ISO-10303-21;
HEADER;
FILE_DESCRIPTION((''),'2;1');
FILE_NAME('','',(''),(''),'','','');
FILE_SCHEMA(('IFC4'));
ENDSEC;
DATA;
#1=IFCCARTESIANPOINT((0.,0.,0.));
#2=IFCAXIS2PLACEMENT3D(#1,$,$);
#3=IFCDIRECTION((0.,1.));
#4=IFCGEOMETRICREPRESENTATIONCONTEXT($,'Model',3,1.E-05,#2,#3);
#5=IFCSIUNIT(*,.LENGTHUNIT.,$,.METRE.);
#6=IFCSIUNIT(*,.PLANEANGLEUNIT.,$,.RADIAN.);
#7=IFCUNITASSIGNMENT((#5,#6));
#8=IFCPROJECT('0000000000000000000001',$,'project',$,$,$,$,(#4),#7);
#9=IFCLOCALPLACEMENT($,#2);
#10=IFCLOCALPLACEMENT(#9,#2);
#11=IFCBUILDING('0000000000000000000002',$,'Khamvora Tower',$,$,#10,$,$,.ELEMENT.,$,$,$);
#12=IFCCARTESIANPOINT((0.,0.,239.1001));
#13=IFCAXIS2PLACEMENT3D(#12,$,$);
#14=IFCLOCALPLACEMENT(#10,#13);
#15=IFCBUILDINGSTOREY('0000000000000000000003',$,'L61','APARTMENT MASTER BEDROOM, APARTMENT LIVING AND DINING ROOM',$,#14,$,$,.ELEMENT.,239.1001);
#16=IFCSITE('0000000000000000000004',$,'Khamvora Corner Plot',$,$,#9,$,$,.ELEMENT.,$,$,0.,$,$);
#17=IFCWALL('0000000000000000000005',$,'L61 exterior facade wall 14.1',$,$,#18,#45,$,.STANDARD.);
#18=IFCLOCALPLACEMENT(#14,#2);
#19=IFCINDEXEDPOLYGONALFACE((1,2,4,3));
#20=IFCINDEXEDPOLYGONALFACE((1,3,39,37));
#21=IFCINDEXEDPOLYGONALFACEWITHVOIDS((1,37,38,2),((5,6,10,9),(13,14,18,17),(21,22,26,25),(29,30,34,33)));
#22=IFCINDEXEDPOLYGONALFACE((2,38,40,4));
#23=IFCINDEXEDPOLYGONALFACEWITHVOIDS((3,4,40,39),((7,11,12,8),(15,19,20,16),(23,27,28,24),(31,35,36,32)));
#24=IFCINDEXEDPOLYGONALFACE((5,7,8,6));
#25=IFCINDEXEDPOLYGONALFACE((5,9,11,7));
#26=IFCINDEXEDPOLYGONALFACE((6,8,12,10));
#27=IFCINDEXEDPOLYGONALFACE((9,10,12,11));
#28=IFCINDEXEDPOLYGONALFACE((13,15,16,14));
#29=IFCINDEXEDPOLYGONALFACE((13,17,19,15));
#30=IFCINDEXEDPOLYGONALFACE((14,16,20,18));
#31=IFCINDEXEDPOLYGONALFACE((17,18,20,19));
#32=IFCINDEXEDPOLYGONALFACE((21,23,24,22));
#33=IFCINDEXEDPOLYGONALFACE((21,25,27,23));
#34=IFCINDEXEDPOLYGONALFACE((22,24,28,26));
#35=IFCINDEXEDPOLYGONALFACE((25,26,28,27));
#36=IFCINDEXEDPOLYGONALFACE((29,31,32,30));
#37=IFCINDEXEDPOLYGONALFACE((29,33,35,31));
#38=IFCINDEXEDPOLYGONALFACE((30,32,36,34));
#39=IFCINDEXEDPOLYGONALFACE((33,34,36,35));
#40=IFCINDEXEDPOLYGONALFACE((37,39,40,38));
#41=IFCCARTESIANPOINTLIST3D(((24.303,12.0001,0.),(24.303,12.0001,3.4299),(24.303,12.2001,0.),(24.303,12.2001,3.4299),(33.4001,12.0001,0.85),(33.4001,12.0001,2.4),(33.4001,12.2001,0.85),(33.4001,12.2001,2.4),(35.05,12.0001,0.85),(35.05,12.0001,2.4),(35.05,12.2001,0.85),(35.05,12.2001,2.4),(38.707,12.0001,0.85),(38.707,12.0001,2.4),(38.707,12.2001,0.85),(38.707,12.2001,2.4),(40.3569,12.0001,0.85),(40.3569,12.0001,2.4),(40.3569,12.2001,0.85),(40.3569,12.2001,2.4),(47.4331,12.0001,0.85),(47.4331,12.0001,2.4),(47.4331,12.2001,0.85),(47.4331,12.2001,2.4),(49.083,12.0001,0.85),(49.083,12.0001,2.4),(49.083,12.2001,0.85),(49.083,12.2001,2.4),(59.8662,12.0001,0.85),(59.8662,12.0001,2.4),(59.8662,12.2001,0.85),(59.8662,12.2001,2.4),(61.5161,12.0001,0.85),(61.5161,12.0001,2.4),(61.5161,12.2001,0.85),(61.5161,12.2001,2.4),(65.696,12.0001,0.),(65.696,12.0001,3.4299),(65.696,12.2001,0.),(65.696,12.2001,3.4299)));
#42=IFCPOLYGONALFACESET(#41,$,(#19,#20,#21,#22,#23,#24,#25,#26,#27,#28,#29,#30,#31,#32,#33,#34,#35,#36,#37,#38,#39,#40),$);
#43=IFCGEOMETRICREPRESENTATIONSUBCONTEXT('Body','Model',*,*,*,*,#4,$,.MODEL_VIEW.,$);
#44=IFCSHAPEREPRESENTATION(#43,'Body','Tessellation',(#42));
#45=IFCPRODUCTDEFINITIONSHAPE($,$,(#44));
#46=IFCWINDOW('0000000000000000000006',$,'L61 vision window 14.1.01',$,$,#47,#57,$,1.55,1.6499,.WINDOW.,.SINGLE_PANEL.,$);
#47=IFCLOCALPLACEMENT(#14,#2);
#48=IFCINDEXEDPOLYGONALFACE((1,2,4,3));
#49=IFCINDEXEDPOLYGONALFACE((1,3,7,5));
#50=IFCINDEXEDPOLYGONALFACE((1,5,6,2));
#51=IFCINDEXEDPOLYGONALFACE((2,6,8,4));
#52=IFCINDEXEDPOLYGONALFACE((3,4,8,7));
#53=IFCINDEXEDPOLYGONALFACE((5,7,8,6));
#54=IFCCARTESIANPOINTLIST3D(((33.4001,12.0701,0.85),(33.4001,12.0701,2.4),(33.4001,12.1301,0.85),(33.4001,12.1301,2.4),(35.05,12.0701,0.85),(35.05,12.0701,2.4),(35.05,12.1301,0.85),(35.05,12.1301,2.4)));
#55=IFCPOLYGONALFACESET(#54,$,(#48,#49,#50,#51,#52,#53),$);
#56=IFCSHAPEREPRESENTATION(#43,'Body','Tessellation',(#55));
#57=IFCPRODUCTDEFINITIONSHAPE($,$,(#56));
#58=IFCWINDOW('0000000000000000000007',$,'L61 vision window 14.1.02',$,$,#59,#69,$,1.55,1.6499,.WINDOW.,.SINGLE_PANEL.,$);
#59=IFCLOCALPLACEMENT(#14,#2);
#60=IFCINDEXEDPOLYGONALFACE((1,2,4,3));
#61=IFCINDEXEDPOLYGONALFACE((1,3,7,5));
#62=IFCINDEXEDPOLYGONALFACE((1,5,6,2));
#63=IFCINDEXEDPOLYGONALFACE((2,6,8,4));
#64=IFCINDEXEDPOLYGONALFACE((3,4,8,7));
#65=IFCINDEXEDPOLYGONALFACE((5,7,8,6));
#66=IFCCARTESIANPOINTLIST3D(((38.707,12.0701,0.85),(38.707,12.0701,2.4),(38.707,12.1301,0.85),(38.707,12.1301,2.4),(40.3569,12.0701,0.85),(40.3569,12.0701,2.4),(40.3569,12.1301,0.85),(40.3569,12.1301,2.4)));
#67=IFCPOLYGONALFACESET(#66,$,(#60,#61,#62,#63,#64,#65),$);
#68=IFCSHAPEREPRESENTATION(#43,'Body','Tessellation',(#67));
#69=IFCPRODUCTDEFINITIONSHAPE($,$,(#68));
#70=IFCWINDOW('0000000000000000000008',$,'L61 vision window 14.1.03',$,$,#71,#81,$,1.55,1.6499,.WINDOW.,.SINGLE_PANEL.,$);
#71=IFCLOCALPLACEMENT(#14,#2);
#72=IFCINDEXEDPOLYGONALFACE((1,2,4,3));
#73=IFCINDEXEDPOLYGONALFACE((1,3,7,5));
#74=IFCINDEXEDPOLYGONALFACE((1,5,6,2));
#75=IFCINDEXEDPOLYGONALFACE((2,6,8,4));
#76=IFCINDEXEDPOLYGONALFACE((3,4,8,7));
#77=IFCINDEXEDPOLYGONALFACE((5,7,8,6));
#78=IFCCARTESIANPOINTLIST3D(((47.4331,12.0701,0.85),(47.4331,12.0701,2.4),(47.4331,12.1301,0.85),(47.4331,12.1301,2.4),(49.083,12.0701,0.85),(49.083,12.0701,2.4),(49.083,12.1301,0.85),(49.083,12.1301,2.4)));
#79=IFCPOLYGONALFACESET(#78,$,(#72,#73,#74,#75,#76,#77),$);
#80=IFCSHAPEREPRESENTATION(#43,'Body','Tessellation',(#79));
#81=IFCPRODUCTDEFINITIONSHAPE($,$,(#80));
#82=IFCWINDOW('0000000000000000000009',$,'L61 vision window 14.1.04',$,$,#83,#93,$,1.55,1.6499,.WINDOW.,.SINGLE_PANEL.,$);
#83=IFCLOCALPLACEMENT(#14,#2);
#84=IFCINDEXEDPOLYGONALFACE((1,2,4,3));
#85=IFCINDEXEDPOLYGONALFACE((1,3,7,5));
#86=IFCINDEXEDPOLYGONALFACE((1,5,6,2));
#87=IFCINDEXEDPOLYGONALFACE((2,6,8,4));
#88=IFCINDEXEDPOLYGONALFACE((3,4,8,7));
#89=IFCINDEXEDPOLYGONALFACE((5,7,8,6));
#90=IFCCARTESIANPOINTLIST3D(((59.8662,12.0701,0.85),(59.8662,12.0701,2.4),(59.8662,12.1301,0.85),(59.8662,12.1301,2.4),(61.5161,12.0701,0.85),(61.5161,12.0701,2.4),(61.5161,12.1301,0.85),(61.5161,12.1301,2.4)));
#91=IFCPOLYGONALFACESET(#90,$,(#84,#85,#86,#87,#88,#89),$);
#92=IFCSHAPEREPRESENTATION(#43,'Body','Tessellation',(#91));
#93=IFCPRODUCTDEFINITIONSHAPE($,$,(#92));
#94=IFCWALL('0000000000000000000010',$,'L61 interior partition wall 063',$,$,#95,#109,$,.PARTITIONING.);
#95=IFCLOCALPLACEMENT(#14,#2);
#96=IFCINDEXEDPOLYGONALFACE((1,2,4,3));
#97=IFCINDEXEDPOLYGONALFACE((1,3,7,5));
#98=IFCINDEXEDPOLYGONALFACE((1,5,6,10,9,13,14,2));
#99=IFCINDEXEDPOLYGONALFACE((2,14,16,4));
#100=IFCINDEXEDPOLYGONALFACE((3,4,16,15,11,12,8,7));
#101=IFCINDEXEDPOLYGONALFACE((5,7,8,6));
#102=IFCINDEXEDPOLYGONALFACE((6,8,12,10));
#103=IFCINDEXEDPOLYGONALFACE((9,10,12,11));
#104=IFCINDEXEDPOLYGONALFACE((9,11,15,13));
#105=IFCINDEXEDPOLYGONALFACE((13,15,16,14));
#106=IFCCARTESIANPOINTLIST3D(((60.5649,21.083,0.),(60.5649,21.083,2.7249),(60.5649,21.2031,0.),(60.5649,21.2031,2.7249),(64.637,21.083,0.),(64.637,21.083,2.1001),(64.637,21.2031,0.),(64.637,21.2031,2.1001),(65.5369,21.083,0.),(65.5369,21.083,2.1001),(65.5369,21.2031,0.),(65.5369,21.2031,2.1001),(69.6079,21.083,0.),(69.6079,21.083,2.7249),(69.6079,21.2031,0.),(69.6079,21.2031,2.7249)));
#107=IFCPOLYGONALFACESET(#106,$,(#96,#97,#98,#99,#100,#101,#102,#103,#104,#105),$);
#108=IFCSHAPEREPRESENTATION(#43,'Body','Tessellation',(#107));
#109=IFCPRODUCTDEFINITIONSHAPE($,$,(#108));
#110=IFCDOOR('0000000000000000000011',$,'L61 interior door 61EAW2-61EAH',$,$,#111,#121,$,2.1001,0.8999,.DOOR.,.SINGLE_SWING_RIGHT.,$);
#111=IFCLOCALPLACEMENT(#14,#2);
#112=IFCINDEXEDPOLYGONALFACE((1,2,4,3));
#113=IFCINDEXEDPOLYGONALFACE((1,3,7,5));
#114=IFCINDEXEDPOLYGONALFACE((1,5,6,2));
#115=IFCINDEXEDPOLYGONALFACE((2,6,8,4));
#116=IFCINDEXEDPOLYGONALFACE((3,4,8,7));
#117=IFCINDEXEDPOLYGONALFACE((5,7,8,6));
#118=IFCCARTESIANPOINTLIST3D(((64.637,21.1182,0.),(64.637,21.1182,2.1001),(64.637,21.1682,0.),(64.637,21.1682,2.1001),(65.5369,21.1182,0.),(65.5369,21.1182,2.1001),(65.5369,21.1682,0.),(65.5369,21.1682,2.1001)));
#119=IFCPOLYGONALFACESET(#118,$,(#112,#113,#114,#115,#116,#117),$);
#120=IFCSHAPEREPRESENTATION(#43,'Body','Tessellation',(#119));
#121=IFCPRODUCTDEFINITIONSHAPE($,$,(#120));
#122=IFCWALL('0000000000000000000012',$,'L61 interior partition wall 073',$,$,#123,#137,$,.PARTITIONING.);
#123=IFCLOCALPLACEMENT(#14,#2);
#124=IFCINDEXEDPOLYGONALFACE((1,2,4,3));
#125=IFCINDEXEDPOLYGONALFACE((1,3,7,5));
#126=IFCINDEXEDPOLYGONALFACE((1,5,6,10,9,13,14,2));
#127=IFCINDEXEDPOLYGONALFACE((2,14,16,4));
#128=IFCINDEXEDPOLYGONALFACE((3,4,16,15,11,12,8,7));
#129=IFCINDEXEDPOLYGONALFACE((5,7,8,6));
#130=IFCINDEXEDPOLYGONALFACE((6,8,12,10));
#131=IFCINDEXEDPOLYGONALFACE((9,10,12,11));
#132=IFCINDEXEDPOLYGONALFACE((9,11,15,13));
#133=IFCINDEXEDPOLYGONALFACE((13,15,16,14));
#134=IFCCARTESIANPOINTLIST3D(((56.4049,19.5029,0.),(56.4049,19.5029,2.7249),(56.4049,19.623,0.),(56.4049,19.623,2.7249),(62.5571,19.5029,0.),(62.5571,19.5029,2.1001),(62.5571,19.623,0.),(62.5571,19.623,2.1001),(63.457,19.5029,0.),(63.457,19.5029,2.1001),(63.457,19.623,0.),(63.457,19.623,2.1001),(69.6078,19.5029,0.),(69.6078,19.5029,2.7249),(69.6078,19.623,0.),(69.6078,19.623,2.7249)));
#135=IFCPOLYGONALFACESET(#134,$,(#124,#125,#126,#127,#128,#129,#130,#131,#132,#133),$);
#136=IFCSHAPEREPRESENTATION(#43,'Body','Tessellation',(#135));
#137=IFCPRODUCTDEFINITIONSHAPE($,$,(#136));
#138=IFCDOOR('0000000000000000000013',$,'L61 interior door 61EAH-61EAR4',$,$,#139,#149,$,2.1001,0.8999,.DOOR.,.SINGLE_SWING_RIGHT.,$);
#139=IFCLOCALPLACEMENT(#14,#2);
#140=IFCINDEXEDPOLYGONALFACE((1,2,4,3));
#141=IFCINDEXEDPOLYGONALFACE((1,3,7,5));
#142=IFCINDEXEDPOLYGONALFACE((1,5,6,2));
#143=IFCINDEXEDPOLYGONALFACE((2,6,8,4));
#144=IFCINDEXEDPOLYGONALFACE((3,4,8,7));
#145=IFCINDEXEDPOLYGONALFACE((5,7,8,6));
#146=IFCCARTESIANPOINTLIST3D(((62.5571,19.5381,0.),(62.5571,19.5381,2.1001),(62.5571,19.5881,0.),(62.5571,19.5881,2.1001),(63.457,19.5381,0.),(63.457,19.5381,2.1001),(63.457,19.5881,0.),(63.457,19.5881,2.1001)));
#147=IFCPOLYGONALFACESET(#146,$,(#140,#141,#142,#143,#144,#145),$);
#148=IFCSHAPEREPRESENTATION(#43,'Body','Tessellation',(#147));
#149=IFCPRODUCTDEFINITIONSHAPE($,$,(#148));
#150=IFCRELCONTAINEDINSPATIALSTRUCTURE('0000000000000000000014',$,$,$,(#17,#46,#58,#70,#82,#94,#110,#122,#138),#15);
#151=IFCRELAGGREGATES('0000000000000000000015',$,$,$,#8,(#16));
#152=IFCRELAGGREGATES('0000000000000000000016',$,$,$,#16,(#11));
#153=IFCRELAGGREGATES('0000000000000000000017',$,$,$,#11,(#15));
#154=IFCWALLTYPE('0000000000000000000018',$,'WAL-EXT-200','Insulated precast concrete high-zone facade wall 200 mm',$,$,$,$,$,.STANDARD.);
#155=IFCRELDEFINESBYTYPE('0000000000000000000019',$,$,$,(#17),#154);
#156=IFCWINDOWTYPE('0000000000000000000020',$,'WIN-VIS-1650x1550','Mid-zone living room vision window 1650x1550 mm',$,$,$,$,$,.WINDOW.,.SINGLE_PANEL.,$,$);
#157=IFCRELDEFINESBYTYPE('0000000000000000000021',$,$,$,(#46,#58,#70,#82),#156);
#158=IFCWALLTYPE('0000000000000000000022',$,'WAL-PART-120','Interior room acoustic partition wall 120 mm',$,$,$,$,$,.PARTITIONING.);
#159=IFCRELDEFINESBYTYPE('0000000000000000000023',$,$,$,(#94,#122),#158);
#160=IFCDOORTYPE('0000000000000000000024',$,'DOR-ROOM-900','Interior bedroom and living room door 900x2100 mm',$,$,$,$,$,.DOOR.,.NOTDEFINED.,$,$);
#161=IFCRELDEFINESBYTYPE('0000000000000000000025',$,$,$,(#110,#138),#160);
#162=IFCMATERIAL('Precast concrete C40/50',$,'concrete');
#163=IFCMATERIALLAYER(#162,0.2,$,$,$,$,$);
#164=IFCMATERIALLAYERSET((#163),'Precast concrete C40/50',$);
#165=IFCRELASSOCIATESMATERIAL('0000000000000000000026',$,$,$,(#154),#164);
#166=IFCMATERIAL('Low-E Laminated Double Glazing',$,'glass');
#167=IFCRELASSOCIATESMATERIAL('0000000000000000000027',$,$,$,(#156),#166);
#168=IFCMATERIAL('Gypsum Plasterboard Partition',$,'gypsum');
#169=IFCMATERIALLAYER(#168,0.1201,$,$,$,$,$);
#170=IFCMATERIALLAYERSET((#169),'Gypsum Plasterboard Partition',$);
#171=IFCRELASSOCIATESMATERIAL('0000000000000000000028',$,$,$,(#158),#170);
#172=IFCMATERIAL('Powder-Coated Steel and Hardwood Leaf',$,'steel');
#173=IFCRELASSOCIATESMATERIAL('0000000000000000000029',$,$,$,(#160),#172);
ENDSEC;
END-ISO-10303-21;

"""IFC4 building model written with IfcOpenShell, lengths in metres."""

from ifc_helpers import new_model, si_unit, direction, frame, frame_2d, origin, place, context, subcontext, project, spatial, rectangle, extrude, material, layer, layer_set, type_object, element, fill, save


model = new_model("IFC4")

# Units and contexts
model_context = context("Model", 3, precision=1e-05, world=origin(), true_north=direction((0.0, 1.0)))
body_context = subcontext(model_context, "Body", "Model", "MODEL_VIEW")
ifc_project = project(units=[si_unit("LENGTHUNIT", "METRE"), si_unit("PLANEANGLEUNIT", "RADIAN")], contexts=[model_context])

# Site, building, storey
site_placement = place(None, origin())
site = spatial("IfcSite", under=ifc_project, at=site_placement, Name="Khamvora Corner Plot", CompositionType="ELEMENT", RefElevation=0.0)
building_placement = place(site_placement, origin())
building = spatial("IfcBuilding", under=site, at=building_placement, Name="Khamvora Tower", CompositionType="ELEMENT")
storey_placement = place(building_placement, frame((0.0, 0.0, 239.1001)))
storey = spatial("IfcBuildingStorey", under=building, at=storey_placement, Name="L61", Description="APARTMENT MASTER BEDROOM, APARTMENT LIVING AND DINING ROOM", CompositionType="ELEMENT", Elevation=239.1001)

# Shared definitions
ifc_material_1 = material(Name="Powder-Coated Steel and Hardwood Leaf", Category="steel")

# Shared definitions
ifc_material_2 = material(Name="Precast concrete C40/50", Category="concrete")
ifc_layer_1 = layer(ifc_material_2, 0.2)
ifc_layer_set_1 = layer_set([ifc_layer_1], Name="Precast concrete C40/50")
wall_type_1 = type_object("IfcWallType", Name="WAL-EXT-200", Description="Insulated precast concrete high-zone facade wall 200 mm", PredefinedType="STANDARD", material=ifc_layer_set_1)
ifc_material_3 = material(Name="Low-E Laminated Double Glazing", Category="glass")
window_type_1 = type_object("IfcWindowType", Name="WIN-VIS-1650x1550", Description="Mid-zone living room vision window 1650x1550 mm", PartitioningType="SINGLE_PANEL", PredefinedType="WINDOW", material=ifc_material_3)

# Wall, openings, windows
wall_1_placement = place(storey_placement, frame((65.696, 12.1001, 0.0), z_axis=(0.0, 0.0, 1.0), x_axis=(-1.0, 0.0, 0.0)))
wall_1 = element("IfcWall", 1, at=wall_1_placement, inside=storey, type_object=wall_type_1, Name="L61 exterior facade wall 14.1", PredefinedType="STANDARD", context=body_context, shape_type="SweptSolid", body=[
    extrude(rectangle(XDim=41.3931, YDim=0.2, at=frame_2d((20.6965, 0.0))), origin(), (0.0, 0.0, 1.0), 3.4299),
])
opening_1_placement = place(wall_1_placement, frame((30.646, 0.0, 0.8501)))
opening_1 = element("IfcOpeningElement", 2, at=opening_1_placement, cuts=wall_1, PredefinedType="OPENING", context=body_context, shape_type="SweptSolid", body=[
    extrude(rectangle(XDim=1.6499, YDim=1.55, at=frame_2d((0.825, 0.7749))), frame((0.0, 0.1099, 0.0), z_axis=(0.0, -1.0, 0.0), x_axis=(1.0, 0.0, 0.0)), (0.0, 0.0, 1.0), 0.22),
])
opening_2_placement = place(wall_1_placement, frame((25.3391, 0.0, 0.8501)))
opening_2 = element("IfcOpeningElement", 3, at=opening_2_placement, cuts=wall_1, PredefinedType="OPENING", context=body_context, shape_type="SweptSolid", body=[
    extrude(rectangle(XDim=1.6499, YDim=1.55, at=frame_2d((0.825, 0.7749))), frame((0.0, 0.1099, 0.0), z_axis=(0.0, -1.0, 0.0), x_axis=(1.0, 0.0, 0.0)), (0.0, 0.0, 1.0), 0.22),
])
opening_3_placement = place(wall_1_placement, frame((16.613, 0.0, 0.8501)))
opening_3 = element("IfcOpeningElement", 4, at=opening_3_placement, cuts=wall_1, PredefinedType="OPENING", context=body_context, shape_type="SweptSolid", body=[
    extrude(rectangle(XDim=1.6499, YDim=1.55, at=frame_2d((0.825, 0.7749))), frame((0.0, 0.1099, 0.0), z_axis=(0.0, -1.0, 0.0), x_axis=(1.0, 0.0, 0.0)), (0.0, 0.0, 1.0), 0.22),
])
opening_4_placement = place(wall_1_placement, frame((4.1799, 0.0, 0.8501)))
opening_4 = element("IfcOpeningElement", 5, at=opening_4_placement, cuts=wall_1, PredefinedType="OPENING", context=body_context, shape_type="SweptSolid", body=[
    extrude(rectangle(XDim=1.6499, YDim=1.55, at=frame_2d((0.825, 0.7749))), frame((0.0, 0.1099, 0.0), z_axis=(0.0, -1.0, 0.0), x_axis=(1.0, 0.0, 0.0)), (0.0, 0.0, 1.0), 0.22),
])
window_1_placement = place(opening_1_placement, origin())
window_1 = element("IfcWindow", 6, at=window_1_placement, inside=storey, type_object=window_type_1, Name="L61 vision window 14.1.01", OverallHeight=1.55, OverallWidth=1.6499, PartitioningType="SINGLE_PANEL", PredefinedType="WINDOW", context=body_context, shape_type="SweptSolid", body=[
    extrude(rectangle(XDim=1.6499, YDim=1.55, at=frame_2d((0.825, 0.7749))), frame((0.0, 0.03, 0.0), z_axis=(0.0, -1.0, 0.0), x_axis=(1.0, 0.0, 0.0)), (0.0, 0.0, 1.0), 0.0601),
])
fill(opening_1, window_1)
window_2_placement = place(opening_2_placement, origin())
window_2 = element("IfcWindow", 7, at=window_2_placement, inside=storey, type_object=window_type_1, Name="L61 vision window 14.1.02", OverallHeight=1.55, OverallWidth=1.6499, PartitioningType="SINGLE_PANEL", PredefinedType="WINDOW", context=body_context, shape_type="SweptSolid", body=[
    extrude(rectangle(XDim=1.6499, YDim=1.55, at=frame_2d((0.825, 0.7749))), frame((0.0, 0.03, 0.0), z_axis=(0.0, -1.0, 0.0), x_axis=(1.0, 0.0, 0.0)), (0.0, 0.0, 1.0), 0.0601),
])
fill(opening_2, window_2)
window_3_placement = place(opening_3_placement, origin())
window_3 = element("IfcWindow", 8, at=window_3_placement, inside=storey, type_object=window_type_1, Name="L61 vision window 14.1.03", OverallHeight=1.55, OverallWidth=1.6499, PartitioningType="SINGLE_PANEL", PredefinedType="WINDOW", context=body_context, shape_type="SweptSolid", body=[
    extrude(rectangle(XDim=1.6499, YDim=1.55, at=frame_2d((0.825, 0.7749))), frame((0.0, 0.03, 0.0), z_axis=(0.0, -1.0, 0.0), x_axis=(1.0, 0.0, 0.0)), (0.0, 0.0, 1.0), 0.0601),
])
fill(opening_3, window_3)
window_4_placement = place(opening_4_placement, origin())
window_4 = element("IfcWindow", 9, at=window_4_placement, inside=storey, type_object=window_type_1, Name="L61 vision window 14.1.04", OverallHeight=1.55, OverallWidth=1.6499, PartitioningType="SINGLE_PANEL", PredefinedType="WINDOW", context=body_context, shape_type="SweptSolid", body=[
    extrude(rectangle(XDim=1.6499, YDim=1.55, at=frame_2d((0.825, 0.7749))), frame((0.0, 0.03, 0.0), z_axis=(0.0, -1.0, 0.0), x_axis=(1.0, 0.0, 0.0)), (0.0, 0.0, 1.0), 0.0601),
])
fill(opening_4, window_4)

# Walls, openings, doors
ifc_material_4 = material(Name="Gypsum Plasterboard Partition", Category="gypsum")
ifc_layer_2 = layer(ifc_material_4, 0.1201)
ifc_layer_set_2 = layer_set([ifc_layer_2], Name="Gypsum Plasterboard Partition")
wall_type_2 = type_object("IfcWallType", Name="WAL-PART-120", Description="Interior room acoustic partition wall 120 mm", PredefinedType="PARTITIONING", material=ifc_layer_set_2)
wall_2_placement = place(storey_placement, frame((69.6079, 21.1431, 0.0), z_axis=(0.0, 0.0, 1.0), x_axis=(-1.0, 0.0, 0.0)))
wall_2 = element("IfcWall", 10, at=wall_2_placement, inside=storey, type_object=wall_type_2, Name="L61 interior partition wall 063", PredefinedType="PARTITIONING", context=body_context, shape_type="SweptSolid", body=[
    extrude(rectangle(XDim=9.043, YDim=0.1201, at=frame_2d((4.5215, 0.0))), origin(), (0.0, 0.0, 1.0), 2.7249),
])
opening_5_placement = place(wall_2_placement, frame((4.071, 0.0, 0.0)))
opening_5 = element("IfcOpeningElement", 11, at=opening_5_placement, cuts=wall_2, PredefinedType="OPENING", context=body_context, shape_type="SweptSolid", body=[
    extrude(rectangle(XDim=0.8999, YDim=2.1001, at=frame_2d((0.45, 1.05))), frame((0.0, 0.0701, 0.0), z_axis=(0.0, -1.0, 0.0), x_axis=(1.0, 0.0, 0.0)), (0.0, 0.0, 1.0), 0.1401),
])
door_type_1 = type_object("IfcDoorType", Name="DOR-ROOM-900", Description="Interior bedroom and living room door 900x2100 mm", OperationType="NOTDEFINED", PredefinedType="DOOR", material=ifc_material_1)
door_1_placement = place(opening_5_placement, origin())
door_1 = element("IfcDoor", 12, at=door_1_placement, inside=storey, type_object=door_type_1, Name="L61 interior door 61EAW2-61EAH", OperationType="SINGLE_SWING_RIGHT", OverallHeight=2.1001, OverallWidth=0.8999, PredefinedType="DOOR", context=body_context, shape_type="SweptSolid", body=[
    extrude(rectangle(XDim=0.8999, YDim=2.1001, at=frame_2d((0.45, 1.05))), frame((0.0, 0.0249, 0.0), z_axis=(0.0, -1.0, 0.0), x_axis=(1.0, 0.0, 0.0)), (0.0, 0.0, 1.0), 0.05),
])
fill(opening_5, door_1)
wall_3_placement = place(storey_placement, frame((69.6079, 19.563, 0.0), z_axis=(0.0, 0.0, 1.0), x_axis=(-1.0, 0.0, 0.0)))
wall_3 = element("IfcWall", 13, at=wall_3_placement, inside=storey, type_object=wall_type_2, Name="L61 interior partition wall 073", PredefinedType="PARTITIONING", context=body_context, shape_type="SweptSolid", body=[
    extrude(rectangle(XDim=13.2029, YDim=0.1201, at=frame_2d((6.6016, 0.0))), origin(), (0.0, 0.0, 1.0), 2.7249),
])
opening_6_placement = place(wall_3_placement, frame((6.1509, 0.0, 0.0)))
opening_6 = element("IfcOpeningElement", 14, at=opening_6_placement, cuts=wall_3, PredefinedType="OPENING", context=body_context, shape_type="SweptSolid", body=[
    extrude(rectangle(XDim=0.8999, YDim=2.1001, at=frame_2d((0.45, 1.05))), frame((0.0, 0.0701, 0.0), z_axis=(0.0, -1.0, 0.0), x_axis=(1.0, 0.0, 0.0)), (0.0, 0.0, 1.0), 0.1401),
])
door_2_placement = place(opening_6_placement, origin())
door_2 = element("IfcDoor", 15, at=door_2_placement, inside=storey, type_object=door_type_1, Name="L61 interior door 61EAH-61EAR4", OperationType="SINGLE_SWING_RIGHT", OverallHeight=2.1001, OverallWidth=0.8999, PredefinedType="DOOR", context=body_context, shape_type="SweptSolid", body=[
    extrude(rectangle(XDim=0.8999, YDim=2.1001, at=frame_2d((0.45, 1.05))), frame((0.0, 0.0249, 0.0), z_axis=(0.0, -1.0, 0.0), x_axis=(1.0, 0.0, 0.0)), (0.0, 0.0, 1.0), 0.05),
])
fill(opening_6, door_2)

save(model, "model.ifc")
